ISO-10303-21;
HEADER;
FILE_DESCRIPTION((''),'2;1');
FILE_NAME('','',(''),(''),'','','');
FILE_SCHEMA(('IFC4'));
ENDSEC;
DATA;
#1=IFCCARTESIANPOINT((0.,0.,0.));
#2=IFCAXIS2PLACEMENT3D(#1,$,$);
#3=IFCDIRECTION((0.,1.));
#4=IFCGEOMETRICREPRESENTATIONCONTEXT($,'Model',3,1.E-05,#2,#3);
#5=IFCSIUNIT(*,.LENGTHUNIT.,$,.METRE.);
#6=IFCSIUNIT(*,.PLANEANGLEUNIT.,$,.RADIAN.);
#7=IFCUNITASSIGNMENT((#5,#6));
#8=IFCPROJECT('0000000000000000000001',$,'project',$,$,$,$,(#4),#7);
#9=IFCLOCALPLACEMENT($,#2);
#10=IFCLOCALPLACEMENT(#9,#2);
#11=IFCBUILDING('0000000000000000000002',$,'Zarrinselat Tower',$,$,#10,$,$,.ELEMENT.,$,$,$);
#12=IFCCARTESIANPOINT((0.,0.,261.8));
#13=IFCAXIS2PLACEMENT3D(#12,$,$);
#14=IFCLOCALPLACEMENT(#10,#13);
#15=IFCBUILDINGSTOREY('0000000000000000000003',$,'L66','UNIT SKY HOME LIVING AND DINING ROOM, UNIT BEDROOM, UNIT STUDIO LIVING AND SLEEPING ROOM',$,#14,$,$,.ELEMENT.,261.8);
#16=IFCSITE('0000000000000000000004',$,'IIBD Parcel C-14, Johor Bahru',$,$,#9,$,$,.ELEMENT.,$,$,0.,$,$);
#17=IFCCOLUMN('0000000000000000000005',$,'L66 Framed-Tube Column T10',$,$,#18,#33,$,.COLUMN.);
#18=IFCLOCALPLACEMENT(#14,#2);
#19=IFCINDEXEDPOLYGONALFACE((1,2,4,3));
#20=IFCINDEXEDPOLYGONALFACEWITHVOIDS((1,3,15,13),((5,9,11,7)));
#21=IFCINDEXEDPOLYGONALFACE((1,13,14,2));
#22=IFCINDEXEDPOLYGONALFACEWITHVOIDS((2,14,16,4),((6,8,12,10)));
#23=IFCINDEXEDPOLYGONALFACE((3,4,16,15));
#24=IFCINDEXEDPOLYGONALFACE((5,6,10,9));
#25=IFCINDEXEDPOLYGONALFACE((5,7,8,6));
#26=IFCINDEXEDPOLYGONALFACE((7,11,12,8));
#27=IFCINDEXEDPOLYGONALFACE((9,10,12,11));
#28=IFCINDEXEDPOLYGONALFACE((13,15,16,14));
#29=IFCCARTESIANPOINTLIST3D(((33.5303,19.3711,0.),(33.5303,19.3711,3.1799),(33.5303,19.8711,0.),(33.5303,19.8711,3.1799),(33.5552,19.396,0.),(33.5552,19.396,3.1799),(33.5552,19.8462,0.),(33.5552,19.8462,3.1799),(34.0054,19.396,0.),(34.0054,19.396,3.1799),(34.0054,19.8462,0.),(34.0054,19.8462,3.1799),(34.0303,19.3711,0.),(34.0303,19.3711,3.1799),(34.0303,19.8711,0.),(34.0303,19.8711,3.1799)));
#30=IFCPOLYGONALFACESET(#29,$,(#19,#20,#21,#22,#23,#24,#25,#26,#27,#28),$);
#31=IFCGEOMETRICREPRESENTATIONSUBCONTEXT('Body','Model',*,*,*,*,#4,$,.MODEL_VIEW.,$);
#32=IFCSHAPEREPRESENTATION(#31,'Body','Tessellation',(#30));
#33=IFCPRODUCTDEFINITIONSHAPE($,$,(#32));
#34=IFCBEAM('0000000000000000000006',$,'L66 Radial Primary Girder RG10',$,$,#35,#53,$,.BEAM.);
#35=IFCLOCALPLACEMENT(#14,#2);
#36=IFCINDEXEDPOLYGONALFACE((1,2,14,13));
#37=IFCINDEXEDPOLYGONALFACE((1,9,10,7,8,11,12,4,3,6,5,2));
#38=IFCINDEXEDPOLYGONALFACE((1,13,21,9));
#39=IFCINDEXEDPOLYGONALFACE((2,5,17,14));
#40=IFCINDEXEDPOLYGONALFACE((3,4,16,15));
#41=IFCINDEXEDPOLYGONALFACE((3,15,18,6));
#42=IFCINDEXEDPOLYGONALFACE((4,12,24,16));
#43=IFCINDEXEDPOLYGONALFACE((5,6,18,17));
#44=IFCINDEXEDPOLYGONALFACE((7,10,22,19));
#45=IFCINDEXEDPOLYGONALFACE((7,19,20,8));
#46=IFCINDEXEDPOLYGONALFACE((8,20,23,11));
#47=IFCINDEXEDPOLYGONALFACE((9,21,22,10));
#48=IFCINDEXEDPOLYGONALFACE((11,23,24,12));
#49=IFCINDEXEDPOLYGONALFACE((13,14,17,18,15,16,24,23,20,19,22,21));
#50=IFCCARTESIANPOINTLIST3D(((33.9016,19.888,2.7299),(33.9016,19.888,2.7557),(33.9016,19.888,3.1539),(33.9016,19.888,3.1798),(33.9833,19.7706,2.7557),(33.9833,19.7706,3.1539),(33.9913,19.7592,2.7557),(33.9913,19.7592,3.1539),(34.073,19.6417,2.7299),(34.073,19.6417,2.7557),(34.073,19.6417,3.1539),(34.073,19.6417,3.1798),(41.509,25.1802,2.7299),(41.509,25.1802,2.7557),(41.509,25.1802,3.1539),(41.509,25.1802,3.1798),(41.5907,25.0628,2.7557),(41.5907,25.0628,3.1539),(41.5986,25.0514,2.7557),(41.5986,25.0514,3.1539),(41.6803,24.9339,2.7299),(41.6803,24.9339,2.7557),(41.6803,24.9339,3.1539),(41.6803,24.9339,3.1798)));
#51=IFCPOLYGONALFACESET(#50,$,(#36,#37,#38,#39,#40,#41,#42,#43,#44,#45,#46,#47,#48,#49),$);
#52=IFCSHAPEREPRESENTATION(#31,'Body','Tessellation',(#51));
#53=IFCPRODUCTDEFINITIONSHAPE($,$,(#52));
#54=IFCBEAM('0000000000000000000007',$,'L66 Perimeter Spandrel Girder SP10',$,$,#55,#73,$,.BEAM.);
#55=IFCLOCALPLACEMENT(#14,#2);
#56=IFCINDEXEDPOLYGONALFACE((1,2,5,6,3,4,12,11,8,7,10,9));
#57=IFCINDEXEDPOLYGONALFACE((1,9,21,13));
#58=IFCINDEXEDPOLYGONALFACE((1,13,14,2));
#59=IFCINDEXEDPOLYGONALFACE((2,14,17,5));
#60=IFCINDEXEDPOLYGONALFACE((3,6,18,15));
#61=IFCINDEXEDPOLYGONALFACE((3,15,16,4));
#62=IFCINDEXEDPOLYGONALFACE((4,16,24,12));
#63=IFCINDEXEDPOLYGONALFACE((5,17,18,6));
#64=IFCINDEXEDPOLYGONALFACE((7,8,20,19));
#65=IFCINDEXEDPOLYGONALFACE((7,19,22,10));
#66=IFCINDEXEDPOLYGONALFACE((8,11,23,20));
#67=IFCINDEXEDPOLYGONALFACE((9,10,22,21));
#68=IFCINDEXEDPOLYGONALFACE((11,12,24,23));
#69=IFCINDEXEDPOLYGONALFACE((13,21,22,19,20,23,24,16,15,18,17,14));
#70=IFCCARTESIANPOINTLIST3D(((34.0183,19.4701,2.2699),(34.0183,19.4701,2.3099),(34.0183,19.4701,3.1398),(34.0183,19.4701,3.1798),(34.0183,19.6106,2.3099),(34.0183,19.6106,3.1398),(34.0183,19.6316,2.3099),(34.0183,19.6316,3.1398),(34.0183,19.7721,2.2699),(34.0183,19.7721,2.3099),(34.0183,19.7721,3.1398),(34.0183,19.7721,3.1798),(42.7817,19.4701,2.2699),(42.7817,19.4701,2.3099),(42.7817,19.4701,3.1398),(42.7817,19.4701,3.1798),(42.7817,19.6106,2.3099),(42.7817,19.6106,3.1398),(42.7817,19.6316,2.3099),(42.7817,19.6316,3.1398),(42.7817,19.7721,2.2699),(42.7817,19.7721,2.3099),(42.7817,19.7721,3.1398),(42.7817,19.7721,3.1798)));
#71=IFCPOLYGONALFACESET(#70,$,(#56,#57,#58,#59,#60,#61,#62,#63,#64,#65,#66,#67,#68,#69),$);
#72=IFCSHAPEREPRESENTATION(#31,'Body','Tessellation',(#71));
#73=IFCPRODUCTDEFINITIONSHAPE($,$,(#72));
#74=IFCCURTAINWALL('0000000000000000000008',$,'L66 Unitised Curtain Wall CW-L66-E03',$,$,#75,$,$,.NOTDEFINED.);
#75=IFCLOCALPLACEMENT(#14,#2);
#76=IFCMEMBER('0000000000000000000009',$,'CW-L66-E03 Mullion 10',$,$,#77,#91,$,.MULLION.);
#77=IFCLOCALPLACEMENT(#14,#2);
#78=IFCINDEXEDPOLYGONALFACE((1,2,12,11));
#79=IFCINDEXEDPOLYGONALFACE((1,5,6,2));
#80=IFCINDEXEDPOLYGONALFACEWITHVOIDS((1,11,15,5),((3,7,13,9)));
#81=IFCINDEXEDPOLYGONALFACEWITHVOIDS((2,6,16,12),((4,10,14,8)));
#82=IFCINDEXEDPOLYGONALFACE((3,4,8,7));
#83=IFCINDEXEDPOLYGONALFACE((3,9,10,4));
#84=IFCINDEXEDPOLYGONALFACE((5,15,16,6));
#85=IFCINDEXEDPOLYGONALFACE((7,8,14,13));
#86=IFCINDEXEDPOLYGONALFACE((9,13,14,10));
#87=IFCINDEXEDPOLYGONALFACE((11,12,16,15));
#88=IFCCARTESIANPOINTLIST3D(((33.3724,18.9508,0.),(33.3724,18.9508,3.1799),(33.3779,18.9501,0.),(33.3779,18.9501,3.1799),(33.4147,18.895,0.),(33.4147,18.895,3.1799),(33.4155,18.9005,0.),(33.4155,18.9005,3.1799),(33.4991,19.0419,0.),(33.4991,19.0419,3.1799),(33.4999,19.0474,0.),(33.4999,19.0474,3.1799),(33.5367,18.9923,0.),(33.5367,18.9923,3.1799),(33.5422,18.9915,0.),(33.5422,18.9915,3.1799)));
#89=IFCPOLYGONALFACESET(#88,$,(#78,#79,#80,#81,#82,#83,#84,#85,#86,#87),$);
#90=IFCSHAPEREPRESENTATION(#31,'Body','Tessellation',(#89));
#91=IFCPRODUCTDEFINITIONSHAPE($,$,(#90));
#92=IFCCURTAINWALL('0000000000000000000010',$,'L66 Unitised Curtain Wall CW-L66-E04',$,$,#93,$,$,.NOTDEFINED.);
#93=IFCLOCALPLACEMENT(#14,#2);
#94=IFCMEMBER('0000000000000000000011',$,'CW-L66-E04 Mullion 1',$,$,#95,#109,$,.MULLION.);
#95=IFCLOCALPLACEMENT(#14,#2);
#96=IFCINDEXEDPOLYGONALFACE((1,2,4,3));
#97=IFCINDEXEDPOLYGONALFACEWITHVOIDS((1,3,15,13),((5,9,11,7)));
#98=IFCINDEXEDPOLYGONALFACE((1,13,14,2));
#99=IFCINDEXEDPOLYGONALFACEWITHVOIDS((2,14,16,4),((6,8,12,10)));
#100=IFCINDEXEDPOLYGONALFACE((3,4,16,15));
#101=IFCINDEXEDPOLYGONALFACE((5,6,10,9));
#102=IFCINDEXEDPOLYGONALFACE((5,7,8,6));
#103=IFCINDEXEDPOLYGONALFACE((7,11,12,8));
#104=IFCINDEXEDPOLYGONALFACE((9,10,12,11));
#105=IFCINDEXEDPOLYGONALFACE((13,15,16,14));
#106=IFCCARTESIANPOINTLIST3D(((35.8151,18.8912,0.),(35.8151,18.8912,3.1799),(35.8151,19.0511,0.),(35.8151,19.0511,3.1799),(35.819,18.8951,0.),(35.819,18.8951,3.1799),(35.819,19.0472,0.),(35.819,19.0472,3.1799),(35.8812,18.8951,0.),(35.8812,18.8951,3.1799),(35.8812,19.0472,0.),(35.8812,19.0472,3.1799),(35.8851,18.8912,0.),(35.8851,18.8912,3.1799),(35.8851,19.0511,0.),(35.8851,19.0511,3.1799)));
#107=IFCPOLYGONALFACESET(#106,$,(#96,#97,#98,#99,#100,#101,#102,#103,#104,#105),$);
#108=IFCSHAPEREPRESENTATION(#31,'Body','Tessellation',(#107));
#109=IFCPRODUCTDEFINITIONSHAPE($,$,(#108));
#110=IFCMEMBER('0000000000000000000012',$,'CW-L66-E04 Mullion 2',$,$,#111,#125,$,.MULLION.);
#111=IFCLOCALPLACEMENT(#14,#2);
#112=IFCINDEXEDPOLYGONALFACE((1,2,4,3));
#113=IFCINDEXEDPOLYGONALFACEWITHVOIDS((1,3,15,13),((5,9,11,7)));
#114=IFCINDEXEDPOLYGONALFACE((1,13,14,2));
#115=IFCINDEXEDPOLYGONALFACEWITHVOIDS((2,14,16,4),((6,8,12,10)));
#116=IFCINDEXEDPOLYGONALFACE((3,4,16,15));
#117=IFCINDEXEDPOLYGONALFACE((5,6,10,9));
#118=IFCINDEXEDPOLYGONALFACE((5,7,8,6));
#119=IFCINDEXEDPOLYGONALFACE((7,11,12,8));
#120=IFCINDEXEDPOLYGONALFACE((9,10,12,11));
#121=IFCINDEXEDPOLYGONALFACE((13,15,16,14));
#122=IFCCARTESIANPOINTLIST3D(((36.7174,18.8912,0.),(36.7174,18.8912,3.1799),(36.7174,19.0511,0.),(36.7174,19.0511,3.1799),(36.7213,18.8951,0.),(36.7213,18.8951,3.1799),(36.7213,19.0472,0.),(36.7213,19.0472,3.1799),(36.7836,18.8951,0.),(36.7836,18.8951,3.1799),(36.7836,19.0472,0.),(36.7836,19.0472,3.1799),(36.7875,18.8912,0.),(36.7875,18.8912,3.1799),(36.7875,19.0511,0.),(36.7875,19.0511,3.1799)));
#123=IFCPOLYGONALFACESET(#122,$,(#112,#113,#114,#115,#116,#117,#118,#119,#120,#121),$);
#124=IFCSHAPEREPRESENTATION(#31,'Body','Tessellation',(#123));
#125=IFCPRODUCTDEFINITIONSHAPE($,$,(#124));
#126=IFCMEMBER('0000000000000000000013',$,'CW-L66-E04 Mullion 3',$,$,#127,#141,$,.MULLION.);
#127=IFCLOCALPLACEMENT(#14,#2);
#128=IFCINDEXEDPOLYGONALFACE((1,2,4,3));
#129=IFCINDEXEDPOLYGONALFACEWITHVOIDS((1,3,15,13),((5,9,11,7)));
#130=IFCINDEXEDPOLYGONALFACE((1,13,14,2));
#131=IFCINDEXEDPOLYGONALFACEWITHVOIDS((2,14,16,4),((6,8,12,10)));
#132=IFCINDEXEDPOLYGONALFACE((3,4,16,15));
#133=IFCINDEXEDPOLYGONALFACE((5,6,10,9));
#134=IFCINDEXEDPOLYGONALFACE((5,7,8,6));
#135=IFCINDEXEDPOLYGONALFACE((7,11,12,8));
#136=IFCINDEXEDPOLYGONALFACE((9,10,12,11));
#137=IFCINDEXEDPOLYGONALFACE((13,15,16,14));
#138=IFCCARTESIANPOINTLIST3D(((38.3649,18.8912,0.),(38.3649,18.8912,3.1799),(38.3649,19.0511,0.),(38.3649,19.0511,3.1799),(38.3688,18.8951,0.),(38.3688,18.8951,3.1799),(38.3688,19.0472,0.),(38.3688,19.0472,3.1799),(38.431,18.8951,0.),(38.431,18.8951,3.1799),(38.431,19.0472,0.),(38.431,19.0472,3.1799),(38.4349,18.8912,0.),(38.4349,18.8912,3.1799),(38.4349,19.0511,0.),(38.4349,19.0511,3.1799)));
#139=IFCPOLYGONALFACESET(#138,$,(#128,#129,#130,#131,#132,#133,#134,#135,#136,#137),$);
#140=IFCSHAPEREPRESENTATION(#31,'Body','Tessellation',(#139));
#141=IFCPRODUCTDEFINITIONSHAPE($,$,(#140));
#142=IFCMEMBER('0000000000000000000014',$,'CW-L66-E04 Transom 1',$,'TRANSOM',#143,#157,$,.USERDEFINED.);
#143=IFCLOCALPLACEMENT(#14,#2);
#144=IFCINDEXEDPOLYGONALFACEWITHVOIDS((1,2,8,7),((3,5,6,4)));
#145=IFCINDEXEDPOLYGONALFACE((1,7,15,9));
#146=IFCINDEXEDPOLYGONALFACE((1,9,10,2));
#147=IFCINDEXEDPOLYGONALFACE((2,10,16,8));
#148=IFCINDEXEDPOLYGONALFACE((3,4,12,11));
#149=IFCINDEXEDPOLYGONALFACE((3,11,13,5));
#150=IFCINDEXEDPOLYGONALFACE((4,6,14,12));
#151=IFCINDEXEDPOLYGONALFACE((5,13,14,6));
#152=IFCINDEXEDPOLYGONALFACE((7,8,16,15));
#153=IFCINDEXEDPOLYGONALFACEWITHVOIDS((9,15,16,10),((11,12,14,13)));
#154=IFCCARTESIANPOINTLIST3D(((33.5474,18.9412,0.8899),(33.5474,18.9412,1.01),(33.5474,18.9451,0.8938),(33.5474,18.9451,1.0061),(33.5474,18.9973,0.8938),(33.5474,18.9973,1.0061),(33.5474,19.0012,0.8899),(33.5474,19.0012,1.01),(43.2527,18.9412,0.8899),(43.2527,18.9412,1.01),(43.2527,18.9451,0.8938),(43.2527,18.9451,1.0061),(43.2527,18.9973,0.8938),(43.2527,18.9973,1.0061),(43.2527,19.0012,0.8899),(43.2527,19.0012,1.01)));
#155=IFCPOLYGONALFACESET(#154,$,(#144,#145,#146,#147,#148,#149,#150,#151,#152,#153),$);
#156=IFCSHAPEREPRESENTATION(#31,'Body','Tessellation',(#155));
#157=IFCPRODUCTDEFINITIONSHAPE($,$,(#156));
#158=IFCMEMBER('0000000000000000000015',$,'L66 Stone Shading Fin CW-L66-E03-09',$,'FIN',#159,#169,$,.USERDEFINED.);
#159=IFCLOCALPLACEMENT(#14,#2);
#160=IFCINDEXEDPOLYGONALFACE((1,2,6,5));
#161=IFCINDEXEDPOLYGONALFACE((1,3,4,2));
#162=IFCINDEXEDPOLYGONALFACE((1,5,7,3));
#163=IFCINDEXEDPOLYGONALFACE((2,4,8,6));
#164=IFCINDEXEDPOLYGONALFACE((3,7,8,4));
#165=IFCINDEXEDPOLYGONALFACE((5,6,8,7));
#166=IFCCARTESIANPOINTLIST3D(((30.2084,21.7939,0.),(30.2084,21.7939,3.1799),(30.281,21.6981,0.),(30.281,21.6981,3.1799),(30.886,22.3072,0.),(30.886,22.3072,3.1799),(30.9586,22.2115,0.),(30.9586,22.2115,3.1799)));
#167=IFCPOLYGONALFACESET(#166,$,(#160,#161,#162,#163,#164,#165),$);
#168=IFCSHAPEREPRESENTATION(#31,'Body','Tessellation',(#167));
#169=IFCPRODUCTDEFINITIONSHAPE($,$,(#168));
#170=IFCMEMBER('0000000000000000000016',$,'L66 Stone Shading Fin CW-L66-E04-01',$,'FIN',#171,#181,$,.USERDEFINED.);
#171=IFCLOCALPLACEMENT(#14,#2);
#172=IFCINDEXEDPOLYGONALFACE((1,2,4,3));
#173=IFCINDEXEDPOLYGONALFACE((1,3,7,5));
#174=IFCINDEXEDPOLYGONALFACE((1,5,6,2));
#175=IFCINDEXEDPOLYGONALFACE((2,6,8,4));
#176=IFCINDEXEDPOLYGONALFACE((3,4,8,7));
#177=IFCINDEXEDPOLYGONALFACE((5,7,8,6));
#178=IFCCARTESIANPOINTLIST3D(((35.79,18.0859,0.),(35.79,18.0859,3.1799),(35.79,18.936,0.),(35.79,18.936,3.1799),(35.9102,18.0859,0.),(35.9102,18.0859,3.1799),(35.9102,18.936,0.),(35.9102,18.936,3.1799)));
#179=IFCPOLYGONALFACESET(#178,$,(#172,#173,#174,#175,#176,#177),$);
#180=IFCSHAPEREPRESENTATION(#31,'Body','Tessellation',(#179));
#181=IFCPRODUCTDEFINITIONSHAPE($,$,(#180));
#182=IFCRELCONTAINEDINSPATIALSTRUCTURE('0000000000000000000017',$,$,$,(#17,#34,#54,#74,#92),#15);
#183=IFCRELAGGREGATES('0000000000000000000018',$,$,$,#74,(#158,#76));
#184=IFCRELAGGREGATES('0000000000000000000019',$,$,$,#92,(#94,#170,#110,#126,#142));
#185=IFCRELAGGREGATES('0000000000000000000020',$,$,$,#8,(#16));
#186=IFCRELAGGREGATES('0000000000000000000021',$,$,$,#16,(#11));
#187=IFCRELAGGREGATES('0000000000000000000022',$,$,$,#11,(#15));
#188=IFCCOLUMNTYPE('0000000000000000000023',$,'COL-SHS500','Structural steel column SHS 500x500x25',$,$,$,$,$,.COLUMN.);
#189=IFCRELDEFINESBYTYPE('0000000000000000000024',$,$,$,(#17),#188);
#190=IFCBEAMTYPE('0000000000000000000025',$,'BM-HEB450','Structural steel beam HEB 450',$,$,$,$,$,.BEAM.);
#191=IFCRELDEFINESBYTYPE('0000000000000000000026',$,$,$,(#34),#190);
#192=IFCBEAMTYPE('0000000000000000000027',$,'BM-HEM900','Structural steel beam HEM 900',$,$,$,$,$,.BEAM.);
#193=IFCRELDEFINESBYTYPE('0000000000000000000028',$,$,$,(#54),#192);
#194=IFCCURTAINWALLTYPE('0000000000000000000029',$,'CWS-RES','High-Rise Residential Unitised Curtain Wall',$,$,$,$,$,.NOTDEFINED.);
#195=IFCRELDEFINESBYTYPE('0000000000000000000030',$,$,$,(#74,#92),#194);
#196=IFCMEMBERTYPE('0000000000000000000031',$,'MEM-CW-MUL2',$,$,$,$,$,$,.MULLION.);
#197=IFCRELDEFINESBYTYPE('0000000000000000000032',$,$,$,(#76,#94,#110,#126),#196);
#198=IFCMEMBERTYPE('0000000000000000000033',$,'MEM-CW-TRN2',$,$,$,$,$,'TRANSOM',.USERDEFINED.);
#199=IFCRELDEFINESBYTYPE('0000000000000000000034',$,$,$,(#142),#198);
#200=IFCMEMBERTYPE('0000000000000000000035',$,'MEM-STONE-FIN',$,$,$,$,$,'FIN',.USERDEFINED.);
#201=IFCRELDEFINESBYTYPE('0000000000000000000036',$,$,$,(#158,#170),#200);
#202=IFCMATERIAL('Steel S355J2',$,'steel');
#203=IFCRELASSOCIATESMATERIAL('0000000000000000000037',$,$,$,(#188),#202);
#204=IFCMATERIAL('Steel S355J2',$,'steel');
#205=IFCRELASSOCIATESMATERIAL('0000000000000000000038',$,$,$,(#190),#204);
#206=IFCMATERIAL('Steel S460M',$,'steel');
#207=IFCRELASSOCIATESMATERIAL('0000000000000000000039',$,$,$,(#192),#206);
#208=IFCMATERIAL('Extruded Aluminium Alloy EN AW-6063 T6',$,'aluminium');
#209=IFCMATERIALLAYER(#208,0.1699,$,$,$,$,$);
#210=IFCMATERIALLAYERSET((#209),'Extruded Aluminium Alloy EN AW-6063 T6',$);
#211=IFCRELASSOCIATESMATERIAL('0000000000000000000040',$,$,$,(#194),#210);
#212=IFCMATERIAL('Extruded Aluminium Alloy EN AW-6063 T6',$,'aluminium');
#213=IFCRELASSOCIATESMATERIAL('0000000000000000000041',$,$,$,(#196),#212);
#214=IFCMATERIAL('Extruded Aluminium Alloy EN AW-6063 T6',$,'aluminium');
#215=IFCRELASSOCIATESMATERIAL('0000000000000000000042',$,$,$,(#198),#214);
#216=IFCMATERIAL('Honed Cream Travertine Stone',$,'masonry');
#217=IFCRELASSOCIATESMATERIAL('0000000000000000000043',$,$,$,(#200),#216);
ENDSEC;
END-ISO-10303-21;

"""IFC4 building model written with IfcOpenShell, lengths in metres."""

from ifc_helpers import new_model, si_unit, direction, frame, origin, origin_2d, place, context, subcontext, project, spatial, rectangle, hollow_rectangle, i_section, extrude, material, layer, layer_set, material_profile, profile_set, type_object, element, aggregate, save


model = new_model("IFC4")

# Units and contexts
model_context = context("Model", 3, precision=1e-05, world=origin(), true_north=direction((0.0, 1.0)))
body_context = subcontext(model_context, "Body", "Model", "MODEL_VIEW")
ifc_project = project(units=[si_unit("LENGTHUNIT", "METRE"), si_unit("PLANEANGLEUNIT", "RADIAN")], contexts=[model_context])

# Site, building, storey
site_placement = place(None, origin())
site = spatial("IfcSite", under=ifc_project, at=site_placement, Name="IIBD Parcel C-14, Johor Bahru", CompositionType="ELEMENT", RefElevation=0.0)
building_placement = place(site_placement, origin())
building = spatial("IfcBuilding", under=site, at=building_placement, Name="Zarrinselat Tower", CompositionType="ELEMENT")
storey_placement = place(building_placement, frame((0.0, 0.0, 261.8)))
storey = spatial("IfcBuildingStorey", under=building, at=storey_placement, Name="L66", Description="UNIT SKY HOME LIVING AND DINING ROOM, UNIT BEDROOM, UNIT STUDIO LIVING AND SLEEPING ROOM", CompositionType="ELEMENT", Elevation=261.8)

# Column
ifc_material_1 = material(Name="Steel S355J2", Category="steel")
ifc_material_profile_1 = material_profile(ifc_material_1, hollow_rectangle(XDim=0.5, YDim=0.5, WallThickness=0.0249, at=origin_2d()), Name="SHS 500x500x25")
ifc_profile_set_1 = profile_set([ifc_material_profile_1], Name="Steel S355J2")
column_type = type_object("IfcColumnType", Name="COL-SHS500", Description="Structural steel column SHS 500x500x25", PredefinedType="COLUMN", material=ifc_profile_set_1)
column_placement = place(storey_placement, frame((33.7803, 19.6211, 0.0), z_axis=(0.0, 0.0, 1.0), x_axis=(1.0, 0.0, 0.0)))
element("IfcColumn", 1, at=column_placement, inside=storey, type_object=column_type, Name="L66 Framed-Tube Column T10", PredefinedType="COLUMN", context=body_context, shape_type="SweptSolid", body=[
    extrude(hollow_rectangle(XDim=0.5, YDim=0.5, WallThickness=0.0249, at=origin_2d()), origin(), (0.0, 0.0, 1.0), 3.1799),
])

# Beams
ifc_material_2 = material(Name="Steel S355J2", Category="steel")
ifc_material_profile_2 = material_profile(ifc_material_2, i_section(OverallWidth=0.3, OverallDepth=0.45, WebThickness=0.0139, FlangeThickness=0.0259, at=origin_2d()), Name="HEB 450")
ifc_profile_set_2 = profile_set([ifc_material_profile_2], Name="Steel S355J2")
beam_type_1 = type_object("IfcBeamType", Name="BM-HEB450", Description="Structural steel beam HEB 450", PredefinedType="BEAM", material=ifc_profile_set_2)
beam_1_placement = place(storey_placement, frame((33.9873, 19.7649, 2.9548), z_axis=(0.820899, 0.571073, 0.0), x_axis=(-0.571073, 0.820899, 0.0)))
element("IfcBeam", 2, at=beam_1_placement, inside=storey, type_object=beam_type_1, Name="L66 Radial Primary Girder RG10", PredefinedType="BEAM", context=body_context, shape_type="SweptSolid", body=[
    extrude(i_section(OverallWidth=0.3, OverallDepth=0.45, WebThickness=0.0139, FlangeThickness=0.0259, at=origin_2d()), origin(), (0.0, 0.0, 1.0), 9.2671),
])
ifc_material_3 = material(Name="Steel S460M", Category="steel")
ifc_material_profile_3 = material_profile(ifc_material_3, i_section(OverallWidth=0.302, OverallDepth=0.9099, WebThickness=0.021, FlangeThickness=0.04, at=origin_2d()), Name="HEM 900")
ifc_profile_set_3 = profile_set([ifc_material_profile_3], Name="Steel S460M")
beam_type_2 = type_object("IfcBeamType", Name="BM-HEM900", Description="Structural steel beam HEM 900", PredefinedType="BEAM", material=ifc_profile_set_3)
beam_2_placement = place(storey_placement, frame((34.0183, 19.6211, 2.7249), z_axis=(1.0, 0.0, 0.0), x_axis=(0.0, 1.0, 0.0)))
element("IfcBeam", 3, at=beam_2_placement, inside=storey, type_object=beam_type_2, Name="L66 Perimeter Spandrel Girder SP10", PredefinedType="BEAM", context=body_context, shape_type="SweptSolid", body=[
    extrude(i_section(OverallWidth=0.302, OverallDepth=0.9099, WebThickness=0.021, FlangeThickness=0.04, at=origin_2d()), origin(), (0.0, 0.0, 1.0), 8.7634),
])

# Curtain wall, member
ifc_material_4 = material(Name="Extruded Aluminium Alloy EN AW-6063 T6", Category="aluminium")
ifc_layer_1 = layer(ifc_material_4, 0.1699)
ifc_layer_set_1 = layer_set([ifc_layer_1], Name="Extruded Aluminium Alloy EN AW-6063 T6")
curtain_wall_type = type_object("IfcCurtainWallType", Name="CWS-RES", Description="High-Rise Residential Unitised Curtain Wall", PredefinedType="NOTDEFINED", material=ifc_layer_set_1)
curtain_wall_1_placement = place(storey_placement, origin())
curtain_wall_1 = element("IfcCurtainWall", 4, at=curtain_wall_1_placement, inside=storey, type_object=curtain_wall_type, Name="L66 Unitised Curtain Wall CW-L66-E03", PredefinedType="NOTDEFINED")
ifc_material_5 = material(Name="Extruded Aluminium Alloy EN AW-6063 T6", Category="aluminium")
ifc_material_profile_4 = material_profile(ifc_material_5, hollow_rectangle(XDim=0.0701, YDim=0.1599, WallThickness=0.0039, at=origin_2d()), Name="RHS 160x70x4")
ifc_profile_set_4 = profile_set([ifc_material_profile_4], Name="Extruded Aluminium Alloy EN AW-6063 T6")
member_type_1 = type_object("IfcMemberType", Name="MEM-CW-MUL2", PredefinedType="MULLION", material=ifc_profile_set_4)
member_1_placement = place(storey_placement, frame((33.4573, 18.9712, 0.0), z_axis=(0.0, 0.0, 1.0), x_axis=(0.603858, -0.797092, 0.0)))
member_1 = element("IfcMember", 5, at=member_1_placement, type_object=member_type_1, Name="CW-L66-E03 Mullion 10", PredefinedType="MULLION", context=body_context, shape_type="SweptSolid", body=[
    extrude(hollow_rectangle(XDim=0.0701, YDim=0.1599, WallThickness=0.0039, at=origin_2d()), origin(), (0.0, 0.0, 1.0), 3.1799),
])

# Curtain wall, members
curtain_wall_2_placement = place(storey_placement, origin())
curtain_wall_2 = element("IfcCurtainWall", 6, at=curtain_wall_2_placement, inside=storey, type_object=curtain_wall_type, Name="L66 Unitised Curtain Wall CW-L66-E04", PredefinedType="NOTDEFINED")
member_2_placement = place(storey_placement, frame((35.8501, 18.9712, 0.0), z_axis=(0.0, 0.0, 1.0), x_axis=(1.0, 0.0, 0.0)))
member_2 = element("IfcMember", 7, at=member_2_placement, type_object=member_type_1, Name="CW-L66-E04 Mullion 1", PredefinedType="MULLION", context=body_context, shape_type="SweptSolid", body=[
    extrude(hollow_rectangle(XDim=0.0701, YDim=0.1599, WallThickness=0.0039, at=origin_2d()), origin(), (0.0, 0.0, 1.0), 3.1799),
])
member_3_placement = place(storey_placement, frame((36.7524, 18.9712, 0.0), z_axis=(0.0, 0.0, 1.0), x_axis=(1.0, 0.0, 0.0)))
member_3 = element("IfcMember", 8, at=member_3_placement, type_object=member_type_1, Name="CW-L66-E04 Mullion 2", PredefinedType="MULLION", context=body_context, shape_type="SweptSolid", body=[
    extrude(hollow_rectangle(XDim=0.0701, YDim=0.1599, WallThickness=0.0039, at=origin_2d()), origin(), (0.0, 0.0, 1.0), 3.1799),
])
member_4_placement = place(storey_placement, frame((38.3999, 18.9712, 0.0), z_axis=(0.0, 0.0, 1.0), x_axis=(1.0, 0.0, 0.0)))
member_4 = element("IfcMember", 9, at=member_4_placement, type_object=member_type_1, Name="CW-L66-E04 Mullion 3", PredefinedType="MULLION", context=body_context, shape_type="SweptSolid", body=[
    extrude(hollow_rectangle(XDim=0.0701, YDim=0.1599, WallThickness=0.0039, at=origin_2d()), origin(), (0.0, 0.0, 1.0), 3.1799),
])
ifc_material_6 = material(Name="Extruded Aluminium Alloy EN AW-6063 T6", Category="aluminium")
ifc_material_profile_5 = material_profile(ifc_material_6, hollow_rectangle(XDim=0.0601, YDim=0.1201, WallThickness=0.0039, at=origin_2d()), Name="RHS 120x60x4")
ifc_profile_set_5 = profile_set([ifc_material_profile_5], Name="Extruded Aluminium Alloy EN AW-6063 T6")
member_type_2 = type_object("IfcMemberType", Name="MEM-CW-TRN2", ElementType="TRANSOM", PredefinedType="USERDEFINED", material=ifc_profile_set_5)
member_5_placement = place(storey_placement, frame((33.5474, 18.9712, 0.95), z_axis=(1.0, 0.0, 0.0), x_axis=(0.0, 1.0, 0.0)))
member_5 = element("IfcMember", 10, at=member_5_placement, type_object=member_type_2, Name="CW-L66-E04 Transom 1", ObjectType="TRANSOM", PredefinedType="USERDEFINED", context=body_context, shape_type="SweptSolid", body=[
    extrude(hollow_rectangle(XDim=0.0601, YDim=0.1201, WallThickness=0.0039, at=origin_2d()), origin(), (0.0, 0.0, 1.0), 9.7053),
])

# Members
ifc_material_7 = material(Name="Honed Cream Travertine Stone", Category="masonry")
ifc_material_profile_6 = material_profile(ifc_material_7, rectangle(XDim=0.1201, YDim=0.8501, at=origin_2d()), Name="FIN 850x120")
ifc_profile_set_6 = profile_set([ifc_material_profile_6], Name="Honed Cream Travertine Stone")
member_type_3 = type_object("IfcMemberType", Name="MEM-STONE-FIN", ElementType="FIN", PredefinedType="USERDEFINED", material=ifc_profile_set_6)
member_6_placement = place(storey_placement, frame((30.5835, 22.0027, 0.0), z_axis=(0.0, 0.0, 1.0), x_axis=(-0.603858, 0.797092, 0.0)))
member_6 = element("IfcMember", 11, at=member_6_placement, type_object=member_type_3, Name="L66 Stone Shading Fin CW-L66-E03-09", ObjectType="FIN", PredefinedType="USERDEFINED", context=body_context, shape_type="SweptSolid", body=[
    extrude(rectangle(XDim=0.1201, YDim=0.8501, at=origin_2d()), origin(), (0.0, 0.0, 1.0), 3.1799),
])
member_7_placement = place(storey_placement, frame((35.8501, 18.511, 0.0), z_axis=(0.0, 0.0, 1.0), x_axis=(-1.0, 0.0, 0.0)))
member_7 = element("IfcMember", 12, at=member_7_placement, type_object=member_type_3, Name="L66 Stone Shading Fin CW-L66-E04-01", ObjectType="FIN", PredefinedType="USERDEFINED", context=body_context, shape_type="SweptSolid", body=[
    extrude(rectangle(XDim=0.1201, YDim=0.8501, at=origin_2d()), origin(), (0.0, 0.0, 1.0), 3.1799),
])

aggregate(curtain_wall_1, [member_6, member_1])
aggregate(curtain_wall_2, [member_2, member_7, member_3, member_4, member_5])

save(model, "model.ifc")
